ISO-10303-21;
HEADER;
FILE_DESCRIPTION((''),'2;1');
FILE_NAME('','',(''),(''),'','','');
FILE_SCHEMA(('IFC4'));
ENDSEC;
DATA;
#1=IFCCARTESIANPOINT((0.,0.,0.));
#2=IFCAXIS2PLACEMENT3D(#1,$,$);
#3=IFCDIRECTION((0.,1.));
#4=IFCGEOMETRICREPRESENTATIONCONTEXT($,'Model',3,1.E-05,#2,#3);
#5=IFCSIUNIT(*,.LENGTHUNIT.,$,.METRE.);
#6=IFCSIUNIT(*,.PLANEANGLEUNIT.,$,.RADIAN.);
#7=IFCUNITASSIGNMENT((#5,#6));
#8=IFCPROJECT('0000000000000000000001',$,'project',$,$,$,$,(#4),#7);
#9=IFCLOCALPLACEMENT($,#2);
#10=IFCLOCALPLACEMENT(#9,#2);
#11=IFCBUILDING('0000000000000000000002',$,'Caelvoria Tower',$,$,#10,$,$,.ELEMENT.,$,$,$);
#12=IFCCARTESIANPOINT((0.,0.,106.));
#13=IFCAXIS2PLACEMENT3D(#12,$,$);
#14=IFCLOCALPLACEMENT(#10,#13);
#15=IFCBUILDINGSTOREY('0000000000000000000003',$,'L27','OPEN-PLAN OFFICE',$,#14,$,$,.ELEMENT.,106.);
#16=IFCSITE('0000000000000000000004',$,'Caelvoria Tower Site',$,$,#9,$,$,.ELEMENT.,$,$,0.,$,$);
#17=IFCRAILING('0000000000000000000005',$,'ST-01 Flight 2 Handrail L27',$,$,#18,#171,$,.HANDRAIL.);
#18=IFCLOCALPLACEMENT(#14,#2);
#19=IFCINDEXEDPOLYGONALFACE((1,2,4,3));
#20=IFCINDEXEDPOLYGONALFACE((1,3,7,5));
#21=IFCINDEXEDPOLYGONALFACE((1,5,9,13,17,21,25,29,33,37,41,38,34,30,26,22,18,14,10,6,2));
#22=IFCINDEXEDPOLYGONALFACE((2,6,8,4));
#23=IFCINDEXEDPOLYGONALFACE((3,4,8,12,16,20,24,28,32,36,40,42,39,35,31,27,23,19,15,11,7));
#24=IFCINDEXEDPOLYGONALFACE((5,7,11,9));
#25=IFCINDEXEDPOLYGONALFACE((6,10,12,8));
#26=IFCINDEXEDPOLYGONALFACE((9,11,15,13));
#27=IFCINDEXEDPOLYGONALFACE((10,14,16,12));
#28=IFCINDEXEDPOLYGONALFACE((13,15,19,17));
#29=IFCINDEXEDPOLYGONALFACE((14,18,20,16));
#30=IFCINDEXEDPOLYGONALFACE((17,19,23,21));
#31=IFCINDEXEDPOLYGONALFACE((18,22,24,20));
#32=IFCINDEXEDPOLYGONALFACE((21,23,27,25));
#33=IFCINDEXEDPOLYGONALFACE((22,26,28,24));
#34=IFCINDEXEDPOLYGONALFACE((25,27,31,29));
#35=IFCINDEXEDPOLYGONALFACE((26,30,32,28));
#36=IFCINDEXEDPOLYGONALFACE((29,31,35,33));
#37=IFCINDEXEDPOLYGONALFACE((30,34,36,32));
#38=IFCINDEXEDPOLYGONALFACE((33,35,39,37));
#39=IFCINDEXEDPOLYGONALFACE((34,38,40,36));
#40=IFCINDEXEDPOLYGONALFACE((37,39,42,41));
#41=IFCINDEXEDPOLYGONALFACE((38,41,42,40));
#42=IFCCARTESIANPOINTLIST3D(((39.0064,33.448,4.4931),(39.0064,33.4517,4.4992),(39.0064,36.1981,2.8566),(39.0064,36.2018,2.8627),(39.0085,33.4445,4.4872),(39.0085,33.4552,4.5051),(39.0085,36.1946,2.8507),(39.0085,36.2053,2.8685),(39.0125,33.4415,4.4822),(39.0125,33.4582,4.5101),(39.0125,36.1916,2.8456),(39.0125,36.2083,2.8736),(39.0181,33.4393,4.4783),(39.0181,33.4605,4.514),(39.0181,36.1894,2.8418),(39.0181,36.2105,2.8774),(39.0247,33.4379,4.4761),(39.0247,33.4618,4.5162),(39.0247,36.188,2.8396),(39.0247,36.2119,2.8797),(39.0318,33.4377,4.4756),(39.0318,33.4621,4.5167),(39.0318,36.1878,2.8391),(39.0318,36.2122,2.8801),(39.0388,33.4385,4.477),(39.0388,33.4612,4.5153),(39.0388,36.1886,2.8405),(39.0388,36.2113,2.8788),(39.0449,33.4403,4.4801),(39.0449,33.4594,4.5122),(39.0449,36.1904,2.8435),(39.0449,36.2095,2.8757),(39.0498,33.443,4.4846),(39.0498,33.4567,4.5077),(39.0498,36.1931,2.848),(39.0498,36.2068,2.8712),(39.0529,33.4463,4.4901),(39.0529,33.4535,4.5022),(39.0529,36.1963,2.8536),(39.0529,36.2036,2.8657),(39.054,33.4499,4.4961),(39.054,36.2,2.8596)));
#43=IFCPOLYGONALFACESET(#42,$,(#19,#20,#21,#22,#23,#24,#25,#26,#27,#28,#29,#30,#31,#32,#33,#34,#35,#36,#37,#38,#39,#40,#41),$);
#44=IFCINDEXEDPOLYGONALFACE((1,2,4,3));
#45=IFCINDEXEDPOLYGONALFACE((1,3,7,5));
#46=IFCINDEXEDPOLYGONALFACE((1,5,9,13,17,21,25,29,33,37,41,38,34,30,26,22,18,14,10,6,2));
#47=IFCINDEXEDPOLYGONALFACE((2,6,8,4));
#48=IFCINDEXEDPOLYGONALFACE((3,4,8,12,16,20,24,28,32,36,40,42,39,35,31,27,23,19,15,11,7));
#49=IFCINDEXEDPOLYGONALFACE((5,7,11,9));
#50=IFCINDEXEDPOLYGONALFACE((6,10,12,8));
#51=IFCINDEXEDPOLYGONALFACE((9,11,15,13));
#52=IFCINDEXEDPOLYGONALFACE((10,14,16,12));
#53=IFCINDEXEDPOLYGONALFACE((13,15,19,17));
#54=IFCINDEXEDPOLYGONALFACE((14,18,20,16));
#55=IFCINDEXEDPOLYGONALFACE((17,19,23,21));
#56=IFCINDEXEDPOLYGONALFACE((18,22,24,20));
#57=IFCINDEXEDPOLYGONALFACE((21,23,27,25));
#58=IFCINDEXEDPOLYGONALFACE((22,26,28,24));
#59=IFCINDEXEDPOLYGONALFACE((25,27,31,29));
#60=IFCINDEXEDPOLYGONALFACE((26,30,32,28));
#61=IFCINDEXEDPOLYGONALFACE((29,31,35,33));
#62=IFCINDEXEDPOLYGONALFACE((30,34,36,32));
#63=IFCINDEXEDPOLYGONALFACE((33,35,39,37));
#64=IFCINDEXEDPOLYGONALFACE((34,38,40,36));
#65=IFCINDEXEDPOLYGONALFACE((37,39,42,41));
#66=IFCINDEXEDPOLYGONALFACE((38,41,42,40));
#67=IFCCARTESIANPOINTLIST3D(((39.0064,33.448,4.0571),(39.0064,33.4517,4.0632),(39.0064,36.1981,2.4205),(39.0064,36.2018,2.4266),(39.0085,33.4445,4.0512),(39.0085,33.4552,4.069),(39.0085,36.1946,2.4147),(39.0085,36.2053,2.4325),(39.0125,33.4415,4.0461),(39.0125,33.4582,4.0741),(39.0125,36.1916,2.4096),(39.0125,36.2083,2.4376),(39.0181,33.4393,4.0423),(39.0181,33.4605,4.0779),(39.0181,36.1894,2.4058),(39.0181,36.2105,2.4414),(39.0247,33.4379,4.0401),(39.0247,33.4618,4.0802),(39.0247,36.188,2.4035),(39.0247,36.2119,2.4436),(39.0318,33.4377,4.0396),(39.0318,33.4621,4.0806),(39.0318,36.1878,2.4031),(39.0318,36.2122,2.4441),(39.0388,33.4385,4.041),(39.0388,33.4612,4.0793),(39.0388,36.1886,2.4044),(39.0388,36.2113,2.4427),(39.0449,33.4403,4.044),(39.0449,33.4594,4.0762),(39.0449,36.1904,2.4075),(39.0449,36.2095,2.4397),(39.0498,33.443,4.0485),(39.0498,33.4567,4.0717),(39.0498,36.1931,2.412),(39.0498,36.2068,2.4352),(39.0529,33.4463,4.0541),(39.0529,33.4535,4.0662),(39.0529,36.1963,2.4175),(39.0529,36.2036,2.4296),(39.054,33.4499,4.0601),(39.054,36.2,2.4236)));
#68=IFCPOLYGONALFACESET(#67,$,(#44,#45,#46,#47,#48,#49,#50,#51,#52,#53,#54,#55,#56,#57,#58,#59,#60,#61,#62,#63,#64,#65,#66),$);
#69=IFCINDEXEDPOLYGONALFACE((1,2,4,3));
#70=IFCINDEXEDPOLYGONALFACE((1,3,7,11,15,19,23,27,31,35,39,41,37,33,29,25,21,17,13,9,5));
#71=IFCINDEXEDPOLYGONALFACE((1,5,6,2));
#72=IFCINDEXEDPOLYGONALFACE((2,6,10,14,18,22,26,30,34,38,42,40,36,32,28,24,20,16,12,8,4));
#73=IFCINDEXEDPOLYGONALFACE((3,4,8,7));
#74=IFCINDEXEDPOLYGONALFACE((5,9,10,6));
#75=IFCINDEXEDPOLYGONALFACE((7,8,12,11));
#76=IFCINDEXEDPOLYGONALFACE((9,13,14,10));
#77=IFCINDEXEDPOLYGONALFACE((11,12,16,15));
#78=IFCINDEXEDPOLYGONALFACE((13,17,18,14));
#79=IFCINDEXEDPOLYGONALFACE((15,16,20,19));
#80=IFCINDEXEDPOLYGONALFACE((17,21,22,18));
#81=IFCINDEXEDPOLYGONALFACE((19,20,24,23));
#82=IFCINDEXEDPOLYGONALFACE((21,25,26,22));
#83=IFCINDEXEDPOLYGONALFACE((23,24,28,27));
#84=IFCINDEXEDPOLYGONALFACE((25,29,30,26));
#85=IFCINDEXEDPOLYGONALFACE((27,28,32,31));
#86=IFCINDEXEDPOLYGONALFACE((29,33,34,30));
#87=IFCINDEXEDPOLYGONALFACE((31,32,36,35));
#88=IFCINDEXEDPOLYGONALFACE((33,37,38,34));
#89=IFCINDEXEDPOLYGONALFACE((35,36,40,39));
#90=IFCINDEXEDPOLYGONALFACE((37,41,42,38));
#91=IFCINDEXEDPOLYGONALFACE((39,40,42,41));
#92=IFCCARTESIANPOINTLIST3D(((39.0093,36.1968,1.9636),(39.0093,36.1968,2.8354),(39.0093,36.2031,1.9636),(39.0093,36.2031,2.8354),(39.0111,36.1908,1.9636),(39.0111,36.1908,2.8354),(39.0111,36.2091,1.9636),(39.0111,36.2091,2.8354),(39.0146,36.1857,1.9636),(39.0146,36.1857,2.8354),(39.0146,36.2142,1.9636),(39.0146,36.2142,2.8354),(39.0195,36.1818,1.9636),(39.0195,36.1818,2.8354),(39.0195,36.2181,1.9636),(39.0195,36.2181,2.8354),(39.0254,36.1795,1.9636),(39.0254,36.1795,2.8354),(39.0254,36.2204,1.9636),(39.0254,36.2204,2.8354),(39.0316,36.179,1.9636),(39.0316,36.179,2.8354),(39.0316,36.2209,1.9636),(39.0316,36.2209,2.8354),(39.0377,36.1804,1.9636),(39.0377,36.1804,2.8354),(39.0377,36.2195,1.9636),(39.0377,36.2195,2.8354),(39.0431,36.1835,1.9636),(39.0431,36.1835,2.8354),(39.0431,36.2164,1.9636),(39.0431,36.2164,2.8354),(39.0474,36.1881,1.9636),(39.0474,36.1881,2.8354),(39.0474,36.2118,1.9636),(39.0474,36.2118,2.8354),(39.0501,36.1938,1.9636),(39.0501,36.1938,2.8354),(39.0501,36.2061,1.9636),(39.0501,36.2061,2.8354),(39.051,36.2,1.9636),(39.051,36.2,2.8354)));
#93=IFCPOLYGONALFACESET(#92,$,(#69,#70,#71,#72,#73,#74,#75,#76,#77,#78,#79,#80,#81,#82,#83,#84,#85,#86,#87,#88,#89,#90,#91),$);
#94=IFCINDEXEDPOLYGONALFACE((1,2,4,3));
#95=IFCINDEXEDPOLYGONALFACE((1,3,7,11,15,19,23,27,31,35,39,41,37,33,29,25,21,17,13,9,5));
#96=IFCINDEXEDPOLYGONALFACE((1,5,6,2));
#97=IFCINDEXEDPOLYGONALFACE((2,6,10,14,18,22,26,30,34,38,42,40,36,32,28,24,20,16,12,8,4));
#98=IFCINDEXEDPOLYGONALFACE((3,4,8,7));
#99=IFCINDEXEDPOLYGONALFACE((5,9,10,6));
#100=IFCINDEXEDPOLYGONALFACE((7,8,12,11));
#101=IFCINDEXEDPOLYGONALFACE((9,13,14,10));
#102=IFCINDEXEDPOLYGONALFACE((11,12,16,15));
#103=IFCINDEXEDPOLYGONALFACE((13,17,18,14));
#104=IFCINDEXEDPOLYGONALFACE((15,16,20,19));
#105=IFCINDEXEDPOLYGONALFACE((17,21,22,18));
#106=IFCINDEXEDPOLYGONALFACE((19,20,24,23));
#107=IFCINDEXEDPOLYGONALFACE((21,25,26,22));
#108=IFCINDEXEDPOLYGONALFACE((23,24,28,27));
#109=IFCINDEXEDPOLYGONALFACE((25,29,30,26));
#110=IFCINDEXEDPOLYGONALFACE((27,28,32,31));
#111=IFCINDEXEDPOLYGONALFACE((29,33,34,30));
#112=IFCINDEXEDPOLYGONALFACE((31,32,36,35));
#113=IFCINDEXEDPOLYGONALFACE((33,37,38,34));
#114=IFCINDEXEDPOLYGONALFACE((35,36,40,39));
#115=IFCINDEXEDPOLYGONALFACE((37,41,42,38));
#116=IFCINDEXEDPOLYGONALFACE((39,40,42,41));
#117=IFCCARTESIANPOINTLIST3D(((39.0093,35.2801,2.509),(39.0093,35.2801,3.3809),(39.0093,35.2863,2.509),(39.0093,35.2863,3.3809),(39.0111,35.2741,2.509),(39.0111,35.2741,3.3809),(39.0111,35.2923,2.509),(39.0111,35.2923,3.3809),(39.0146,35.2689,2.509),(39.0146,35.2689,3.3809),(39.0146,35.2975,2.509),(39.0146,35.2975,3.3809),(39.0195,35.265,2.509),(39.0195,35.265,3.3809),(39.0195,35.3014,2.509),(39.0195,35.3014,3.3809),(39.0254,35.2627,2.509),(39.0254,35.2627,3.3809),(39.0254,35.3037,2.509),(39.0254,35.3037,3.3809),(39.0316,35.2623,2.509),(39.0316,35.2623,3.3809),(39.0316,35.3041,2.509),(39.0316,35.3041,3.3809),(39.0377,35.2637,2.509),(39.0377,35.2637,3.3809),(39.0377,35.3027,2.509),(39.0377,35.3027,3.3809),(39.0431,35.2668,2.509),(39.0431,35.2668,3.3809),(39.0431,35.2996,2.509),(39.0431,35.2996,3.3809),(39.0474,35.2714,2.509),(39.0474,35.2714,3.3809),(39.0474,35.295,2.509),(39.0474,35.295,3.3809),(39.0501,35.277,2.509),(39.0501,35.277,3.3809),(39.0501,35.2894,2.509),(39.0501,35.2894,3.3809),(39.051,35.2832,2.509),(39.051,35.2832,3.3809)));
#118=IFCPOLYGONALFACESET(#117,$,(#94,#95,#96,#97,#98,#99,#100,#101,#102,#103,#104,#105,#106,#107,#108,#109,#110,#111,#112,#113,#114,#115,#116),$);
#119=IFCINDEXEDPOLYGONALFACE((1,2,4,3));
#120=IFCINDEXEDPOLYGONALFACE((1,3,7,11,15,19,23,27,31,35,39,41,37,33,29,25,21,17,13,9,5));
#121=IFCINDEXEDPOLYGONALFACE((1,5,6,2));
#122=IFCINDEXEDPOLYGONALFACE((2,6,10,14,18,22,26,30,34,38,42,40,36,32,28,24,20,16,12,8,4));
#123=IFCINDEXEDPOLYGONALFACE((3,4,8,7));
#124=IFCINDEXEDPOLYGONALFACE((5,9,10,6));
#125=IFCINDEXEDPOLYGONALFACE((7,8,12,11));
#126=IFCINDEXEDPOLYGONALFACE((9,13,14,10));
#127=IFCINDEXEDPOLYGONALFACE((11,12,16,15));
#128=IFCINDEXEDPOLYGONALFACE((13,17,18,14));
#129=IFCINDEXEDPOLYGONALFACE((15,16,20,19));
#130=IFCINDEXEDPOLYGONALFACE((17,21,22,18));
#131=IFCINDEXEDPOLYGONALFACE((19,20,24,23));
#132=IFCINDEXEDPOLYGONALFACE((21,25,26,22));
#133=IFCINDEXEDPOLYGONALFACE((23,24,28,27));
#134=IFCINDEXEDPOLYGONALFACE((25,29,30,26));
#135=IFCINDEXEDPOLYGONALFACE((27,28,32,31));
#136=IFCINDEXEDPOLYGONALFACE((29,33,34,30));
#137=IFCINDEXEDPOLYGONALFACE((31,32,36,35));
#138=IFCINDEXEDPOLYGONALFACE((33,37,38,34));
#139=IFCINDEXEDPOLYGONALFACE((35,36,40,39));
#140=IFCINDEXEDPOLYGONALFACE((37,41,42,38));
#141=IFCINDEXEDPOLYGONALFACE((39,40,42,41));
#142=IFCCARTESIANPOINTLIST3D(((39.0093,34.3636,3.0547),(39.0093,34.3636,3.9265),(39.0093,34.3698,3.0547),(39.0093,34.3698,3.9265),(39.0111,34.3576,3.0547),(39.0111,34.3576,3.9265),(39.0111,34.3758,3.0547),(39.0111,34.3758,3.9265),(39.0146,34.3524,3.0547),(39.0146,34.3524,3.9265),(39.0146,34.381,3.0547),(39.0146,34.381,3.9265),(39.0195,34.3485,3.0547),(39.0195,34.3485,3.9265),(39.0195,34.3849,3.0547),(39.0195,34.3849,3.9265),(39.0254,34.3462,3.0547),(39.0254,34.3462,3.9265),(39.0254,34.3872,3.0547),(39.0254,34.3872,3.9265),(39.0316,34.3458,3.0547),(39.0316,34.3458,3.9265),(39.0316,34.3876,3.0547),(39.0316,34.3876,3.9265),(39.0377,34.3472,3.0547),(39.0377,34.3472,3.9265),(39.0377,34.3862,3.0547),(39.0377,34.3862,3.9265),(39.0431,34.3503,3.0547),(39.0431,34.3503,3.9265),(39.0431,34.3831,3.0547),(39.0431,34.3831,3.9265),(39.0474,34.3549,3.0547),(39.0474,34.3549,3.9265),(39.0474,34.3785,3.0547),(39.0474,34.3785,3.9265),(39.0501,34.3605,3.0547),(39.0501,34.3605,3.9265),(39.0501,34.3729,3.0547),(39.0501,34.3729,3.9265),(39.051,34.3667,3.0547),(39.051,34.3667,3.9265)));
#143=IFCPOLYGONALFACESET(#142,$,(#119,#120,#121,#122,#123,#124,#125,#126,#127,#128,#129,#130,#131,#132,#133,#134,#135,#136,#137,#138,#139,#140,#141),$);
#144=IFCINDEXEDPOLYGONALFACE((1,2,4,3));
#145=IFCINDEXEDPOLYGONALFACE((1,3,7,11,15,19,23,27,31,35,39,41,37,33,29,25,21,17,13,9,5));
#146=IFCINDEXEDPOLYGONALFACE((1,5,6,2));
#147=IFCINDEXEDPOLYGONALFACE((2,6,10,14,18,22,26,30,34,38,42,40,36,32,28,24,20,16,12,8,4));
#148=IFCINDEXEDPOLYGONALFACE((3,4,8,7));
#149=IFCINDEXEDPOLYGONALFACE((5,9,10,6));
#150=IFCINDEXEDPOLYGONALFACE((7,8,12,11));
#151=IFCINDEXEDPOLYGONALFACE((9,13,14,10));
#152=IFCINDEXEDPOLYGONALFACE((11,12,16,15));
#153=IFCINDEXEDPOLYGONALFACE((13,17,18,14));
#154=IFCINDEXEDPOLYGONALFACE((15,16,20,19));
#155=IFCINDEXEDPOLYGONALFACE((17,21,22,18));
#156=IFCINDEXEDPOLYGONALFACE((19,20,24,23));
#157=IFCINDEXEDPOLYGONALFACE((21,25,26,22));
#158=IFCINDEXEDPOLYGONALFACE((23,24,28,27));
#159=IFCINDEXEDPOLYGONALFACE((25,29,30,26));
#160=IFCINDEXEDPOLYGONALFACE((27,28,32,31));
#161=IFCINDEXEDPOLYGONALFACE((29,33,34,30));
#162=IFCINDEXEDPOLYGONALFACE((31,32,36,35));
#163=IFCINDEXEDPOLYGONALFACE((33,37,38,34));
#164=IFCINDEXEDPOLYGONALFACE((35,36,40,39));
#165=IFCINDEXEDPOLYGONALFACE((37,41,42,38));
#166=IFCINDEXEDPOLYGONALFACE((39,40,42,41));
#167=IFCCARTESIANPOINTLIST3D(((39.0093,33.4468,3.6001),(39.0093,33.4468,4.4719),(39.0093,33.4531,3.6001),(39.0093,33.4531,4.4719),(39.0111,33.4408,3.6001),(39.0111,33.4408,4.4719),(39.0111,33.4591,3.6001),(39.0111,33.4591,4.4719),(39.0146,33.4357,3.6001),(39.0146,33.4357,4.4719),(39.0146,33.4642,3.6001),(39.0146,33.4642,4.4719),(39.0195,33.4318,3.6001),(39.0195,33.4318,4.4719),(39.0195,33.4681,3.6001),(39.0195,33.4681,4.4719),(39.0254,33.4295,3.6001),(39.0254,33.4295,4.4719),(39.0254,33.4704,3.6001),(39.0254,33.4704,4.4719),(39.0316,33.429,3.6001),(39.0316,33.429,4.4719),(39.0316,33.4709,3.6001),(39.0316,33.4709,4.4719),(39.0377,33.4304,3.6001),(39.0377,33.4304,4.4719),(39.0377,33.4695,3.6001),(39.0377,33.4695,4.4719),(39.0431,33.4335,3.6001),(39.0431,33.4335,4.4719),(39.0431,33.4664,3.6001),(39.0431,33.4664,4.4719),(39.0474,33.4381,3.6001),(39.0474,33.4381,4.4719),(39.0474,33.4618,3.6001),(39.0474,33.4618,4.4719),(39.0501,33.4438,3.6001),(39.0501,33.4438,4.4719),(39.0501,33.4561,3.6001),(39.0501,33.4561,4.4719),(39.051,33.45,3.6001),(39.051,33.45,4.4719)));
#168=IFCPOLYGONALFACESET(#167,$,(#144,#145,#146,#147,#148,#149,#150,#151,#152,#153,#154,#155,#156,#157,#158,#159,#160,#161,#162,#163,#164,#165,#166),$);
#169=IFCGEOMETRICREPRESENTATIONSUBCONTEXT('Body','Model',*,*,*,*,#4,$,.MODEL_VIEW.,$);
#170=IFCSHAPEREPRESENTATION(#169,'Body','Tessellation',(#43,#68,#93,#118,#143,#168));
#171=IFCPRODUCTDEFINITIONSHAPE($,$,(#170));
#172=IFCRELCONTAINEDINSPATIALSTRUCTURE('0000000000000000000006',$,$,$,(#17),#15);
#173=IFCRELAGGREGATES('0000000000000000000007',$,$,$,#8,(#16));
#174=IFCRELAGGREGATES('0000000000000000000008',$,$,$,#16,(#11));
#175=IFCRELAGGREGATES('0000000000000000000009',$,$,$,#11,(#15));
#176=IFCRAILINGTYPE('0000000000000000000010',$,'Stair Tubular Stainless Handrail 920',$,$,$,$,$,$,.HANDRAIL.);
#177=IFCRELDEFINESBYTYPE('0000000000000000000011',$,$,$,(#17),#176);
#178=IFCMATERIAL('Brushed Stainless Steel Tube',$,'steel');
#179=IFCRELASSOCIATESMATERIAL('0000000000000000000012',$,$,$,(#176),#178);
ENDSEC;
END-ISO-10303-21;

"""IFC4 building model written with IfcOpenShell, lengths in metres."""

from ifc_helpers import new_model, si_unit, direction, frame, origin, origin_2d, place, context, subcontext, project, spatial, circle, extrude, material, type_object, element, save


model = new_model("IFC4")

# Units and contexts
model_context = context("Model", 3, precision=1e-05, world=origin(), true_north=direction((0.0, 1.0)))
body_context = subcontext(model_context, "Body", "Model", "MODEL_VIEW")
ifc_project = project(units=[si_unit("LENGTHUNIT", "METRE"), si_unit("PLANEANGLEUNIT", "RADIAN")], contexts=[model_context])

# Site, building, storey
site_placement = place(None, origin())
site = spatial("IfcSite", under=ifc_project, at=site_placement, Name="Caelvoria Tower Site", CompositionType="ELEMENT", RefElevation=0.0)
building_placement = place(site_placement, origin())
building = spatial("IfcBuilding", under=site, at=building_placement, Name="Caelvoria Tower", CompositionType="ELEMENT")
storey_placement = place(building_placement, frame((0.0, 0.0, 106.0)))
storey = spatial("IfcBuildingStorey", under=building, at=storey_placement, Name="L27", Description="OPEN-PLAN OFFICE", CompositionType="ELEMENT", Elevation=106.0)

# Railing
ifc_material_1 = material(Name="Brushed Stainless Steel Tube", Category="steel")
railing_type_1 = type_object("IfcRailingType", Name="Stair Tubular Stainless Handrail 920", PredefinedType="HANDRAIL", material=ifc_material_1)
railing_1_placement = place(storey_placement, frame((39.03, 36.2, 1.9636)))
element("IfcRailing", 1, at=railing_1_placement, inside=storey, type_object=railing_type_1, Name="ST-01 Flight 2 Handrail L27", PredefinedType="HANDRAIL", context=body_context, shape_type="SweptSolid", body=[
    extrude(circle(Radius=0.0239, at=origin_2d()), frame((0.0, 0.0, 0.896), z_axis=(0.0, -0.859352, 0.511385), x_axis=(1.0, 0.0, 0.0)), (0.0, 0.0, 1.0), 3.2002),
    extrude(circle(Radius=0.0239, at=origin_2d()), frame((0.0, 0.0, 0.46), z_axis=(0.0, -0.859352, 0.511385), x_axis=(1.0, 0.0, 0.0)), (0.0, 0.0, 1.0), 3.2002),
    extrude(circle(Radius=0.021, at=origin_2d()), origin(), (0.0, 0.0, 1.0), 0.8718),
    extrude(circle(Radius=0.021, at=origin_2d()), frame((0.0, -0.9167, 0.5454)), (0.0, 0.0, 1.0), 0.8718),
    extrude(circle(Radius=0.021, at=origin_2d()), frame((0.0, -1.8333, 1.0911)), (0.0, 0.0, 1.0), 0.8718),
    extrude(circle(Radius=0.021, at=origin_2d()), frame((0.0, -2.75, 1.6365)), (0.0, 0.0, 1.0), 0.8718),
])

save(model, "model.ifc")
